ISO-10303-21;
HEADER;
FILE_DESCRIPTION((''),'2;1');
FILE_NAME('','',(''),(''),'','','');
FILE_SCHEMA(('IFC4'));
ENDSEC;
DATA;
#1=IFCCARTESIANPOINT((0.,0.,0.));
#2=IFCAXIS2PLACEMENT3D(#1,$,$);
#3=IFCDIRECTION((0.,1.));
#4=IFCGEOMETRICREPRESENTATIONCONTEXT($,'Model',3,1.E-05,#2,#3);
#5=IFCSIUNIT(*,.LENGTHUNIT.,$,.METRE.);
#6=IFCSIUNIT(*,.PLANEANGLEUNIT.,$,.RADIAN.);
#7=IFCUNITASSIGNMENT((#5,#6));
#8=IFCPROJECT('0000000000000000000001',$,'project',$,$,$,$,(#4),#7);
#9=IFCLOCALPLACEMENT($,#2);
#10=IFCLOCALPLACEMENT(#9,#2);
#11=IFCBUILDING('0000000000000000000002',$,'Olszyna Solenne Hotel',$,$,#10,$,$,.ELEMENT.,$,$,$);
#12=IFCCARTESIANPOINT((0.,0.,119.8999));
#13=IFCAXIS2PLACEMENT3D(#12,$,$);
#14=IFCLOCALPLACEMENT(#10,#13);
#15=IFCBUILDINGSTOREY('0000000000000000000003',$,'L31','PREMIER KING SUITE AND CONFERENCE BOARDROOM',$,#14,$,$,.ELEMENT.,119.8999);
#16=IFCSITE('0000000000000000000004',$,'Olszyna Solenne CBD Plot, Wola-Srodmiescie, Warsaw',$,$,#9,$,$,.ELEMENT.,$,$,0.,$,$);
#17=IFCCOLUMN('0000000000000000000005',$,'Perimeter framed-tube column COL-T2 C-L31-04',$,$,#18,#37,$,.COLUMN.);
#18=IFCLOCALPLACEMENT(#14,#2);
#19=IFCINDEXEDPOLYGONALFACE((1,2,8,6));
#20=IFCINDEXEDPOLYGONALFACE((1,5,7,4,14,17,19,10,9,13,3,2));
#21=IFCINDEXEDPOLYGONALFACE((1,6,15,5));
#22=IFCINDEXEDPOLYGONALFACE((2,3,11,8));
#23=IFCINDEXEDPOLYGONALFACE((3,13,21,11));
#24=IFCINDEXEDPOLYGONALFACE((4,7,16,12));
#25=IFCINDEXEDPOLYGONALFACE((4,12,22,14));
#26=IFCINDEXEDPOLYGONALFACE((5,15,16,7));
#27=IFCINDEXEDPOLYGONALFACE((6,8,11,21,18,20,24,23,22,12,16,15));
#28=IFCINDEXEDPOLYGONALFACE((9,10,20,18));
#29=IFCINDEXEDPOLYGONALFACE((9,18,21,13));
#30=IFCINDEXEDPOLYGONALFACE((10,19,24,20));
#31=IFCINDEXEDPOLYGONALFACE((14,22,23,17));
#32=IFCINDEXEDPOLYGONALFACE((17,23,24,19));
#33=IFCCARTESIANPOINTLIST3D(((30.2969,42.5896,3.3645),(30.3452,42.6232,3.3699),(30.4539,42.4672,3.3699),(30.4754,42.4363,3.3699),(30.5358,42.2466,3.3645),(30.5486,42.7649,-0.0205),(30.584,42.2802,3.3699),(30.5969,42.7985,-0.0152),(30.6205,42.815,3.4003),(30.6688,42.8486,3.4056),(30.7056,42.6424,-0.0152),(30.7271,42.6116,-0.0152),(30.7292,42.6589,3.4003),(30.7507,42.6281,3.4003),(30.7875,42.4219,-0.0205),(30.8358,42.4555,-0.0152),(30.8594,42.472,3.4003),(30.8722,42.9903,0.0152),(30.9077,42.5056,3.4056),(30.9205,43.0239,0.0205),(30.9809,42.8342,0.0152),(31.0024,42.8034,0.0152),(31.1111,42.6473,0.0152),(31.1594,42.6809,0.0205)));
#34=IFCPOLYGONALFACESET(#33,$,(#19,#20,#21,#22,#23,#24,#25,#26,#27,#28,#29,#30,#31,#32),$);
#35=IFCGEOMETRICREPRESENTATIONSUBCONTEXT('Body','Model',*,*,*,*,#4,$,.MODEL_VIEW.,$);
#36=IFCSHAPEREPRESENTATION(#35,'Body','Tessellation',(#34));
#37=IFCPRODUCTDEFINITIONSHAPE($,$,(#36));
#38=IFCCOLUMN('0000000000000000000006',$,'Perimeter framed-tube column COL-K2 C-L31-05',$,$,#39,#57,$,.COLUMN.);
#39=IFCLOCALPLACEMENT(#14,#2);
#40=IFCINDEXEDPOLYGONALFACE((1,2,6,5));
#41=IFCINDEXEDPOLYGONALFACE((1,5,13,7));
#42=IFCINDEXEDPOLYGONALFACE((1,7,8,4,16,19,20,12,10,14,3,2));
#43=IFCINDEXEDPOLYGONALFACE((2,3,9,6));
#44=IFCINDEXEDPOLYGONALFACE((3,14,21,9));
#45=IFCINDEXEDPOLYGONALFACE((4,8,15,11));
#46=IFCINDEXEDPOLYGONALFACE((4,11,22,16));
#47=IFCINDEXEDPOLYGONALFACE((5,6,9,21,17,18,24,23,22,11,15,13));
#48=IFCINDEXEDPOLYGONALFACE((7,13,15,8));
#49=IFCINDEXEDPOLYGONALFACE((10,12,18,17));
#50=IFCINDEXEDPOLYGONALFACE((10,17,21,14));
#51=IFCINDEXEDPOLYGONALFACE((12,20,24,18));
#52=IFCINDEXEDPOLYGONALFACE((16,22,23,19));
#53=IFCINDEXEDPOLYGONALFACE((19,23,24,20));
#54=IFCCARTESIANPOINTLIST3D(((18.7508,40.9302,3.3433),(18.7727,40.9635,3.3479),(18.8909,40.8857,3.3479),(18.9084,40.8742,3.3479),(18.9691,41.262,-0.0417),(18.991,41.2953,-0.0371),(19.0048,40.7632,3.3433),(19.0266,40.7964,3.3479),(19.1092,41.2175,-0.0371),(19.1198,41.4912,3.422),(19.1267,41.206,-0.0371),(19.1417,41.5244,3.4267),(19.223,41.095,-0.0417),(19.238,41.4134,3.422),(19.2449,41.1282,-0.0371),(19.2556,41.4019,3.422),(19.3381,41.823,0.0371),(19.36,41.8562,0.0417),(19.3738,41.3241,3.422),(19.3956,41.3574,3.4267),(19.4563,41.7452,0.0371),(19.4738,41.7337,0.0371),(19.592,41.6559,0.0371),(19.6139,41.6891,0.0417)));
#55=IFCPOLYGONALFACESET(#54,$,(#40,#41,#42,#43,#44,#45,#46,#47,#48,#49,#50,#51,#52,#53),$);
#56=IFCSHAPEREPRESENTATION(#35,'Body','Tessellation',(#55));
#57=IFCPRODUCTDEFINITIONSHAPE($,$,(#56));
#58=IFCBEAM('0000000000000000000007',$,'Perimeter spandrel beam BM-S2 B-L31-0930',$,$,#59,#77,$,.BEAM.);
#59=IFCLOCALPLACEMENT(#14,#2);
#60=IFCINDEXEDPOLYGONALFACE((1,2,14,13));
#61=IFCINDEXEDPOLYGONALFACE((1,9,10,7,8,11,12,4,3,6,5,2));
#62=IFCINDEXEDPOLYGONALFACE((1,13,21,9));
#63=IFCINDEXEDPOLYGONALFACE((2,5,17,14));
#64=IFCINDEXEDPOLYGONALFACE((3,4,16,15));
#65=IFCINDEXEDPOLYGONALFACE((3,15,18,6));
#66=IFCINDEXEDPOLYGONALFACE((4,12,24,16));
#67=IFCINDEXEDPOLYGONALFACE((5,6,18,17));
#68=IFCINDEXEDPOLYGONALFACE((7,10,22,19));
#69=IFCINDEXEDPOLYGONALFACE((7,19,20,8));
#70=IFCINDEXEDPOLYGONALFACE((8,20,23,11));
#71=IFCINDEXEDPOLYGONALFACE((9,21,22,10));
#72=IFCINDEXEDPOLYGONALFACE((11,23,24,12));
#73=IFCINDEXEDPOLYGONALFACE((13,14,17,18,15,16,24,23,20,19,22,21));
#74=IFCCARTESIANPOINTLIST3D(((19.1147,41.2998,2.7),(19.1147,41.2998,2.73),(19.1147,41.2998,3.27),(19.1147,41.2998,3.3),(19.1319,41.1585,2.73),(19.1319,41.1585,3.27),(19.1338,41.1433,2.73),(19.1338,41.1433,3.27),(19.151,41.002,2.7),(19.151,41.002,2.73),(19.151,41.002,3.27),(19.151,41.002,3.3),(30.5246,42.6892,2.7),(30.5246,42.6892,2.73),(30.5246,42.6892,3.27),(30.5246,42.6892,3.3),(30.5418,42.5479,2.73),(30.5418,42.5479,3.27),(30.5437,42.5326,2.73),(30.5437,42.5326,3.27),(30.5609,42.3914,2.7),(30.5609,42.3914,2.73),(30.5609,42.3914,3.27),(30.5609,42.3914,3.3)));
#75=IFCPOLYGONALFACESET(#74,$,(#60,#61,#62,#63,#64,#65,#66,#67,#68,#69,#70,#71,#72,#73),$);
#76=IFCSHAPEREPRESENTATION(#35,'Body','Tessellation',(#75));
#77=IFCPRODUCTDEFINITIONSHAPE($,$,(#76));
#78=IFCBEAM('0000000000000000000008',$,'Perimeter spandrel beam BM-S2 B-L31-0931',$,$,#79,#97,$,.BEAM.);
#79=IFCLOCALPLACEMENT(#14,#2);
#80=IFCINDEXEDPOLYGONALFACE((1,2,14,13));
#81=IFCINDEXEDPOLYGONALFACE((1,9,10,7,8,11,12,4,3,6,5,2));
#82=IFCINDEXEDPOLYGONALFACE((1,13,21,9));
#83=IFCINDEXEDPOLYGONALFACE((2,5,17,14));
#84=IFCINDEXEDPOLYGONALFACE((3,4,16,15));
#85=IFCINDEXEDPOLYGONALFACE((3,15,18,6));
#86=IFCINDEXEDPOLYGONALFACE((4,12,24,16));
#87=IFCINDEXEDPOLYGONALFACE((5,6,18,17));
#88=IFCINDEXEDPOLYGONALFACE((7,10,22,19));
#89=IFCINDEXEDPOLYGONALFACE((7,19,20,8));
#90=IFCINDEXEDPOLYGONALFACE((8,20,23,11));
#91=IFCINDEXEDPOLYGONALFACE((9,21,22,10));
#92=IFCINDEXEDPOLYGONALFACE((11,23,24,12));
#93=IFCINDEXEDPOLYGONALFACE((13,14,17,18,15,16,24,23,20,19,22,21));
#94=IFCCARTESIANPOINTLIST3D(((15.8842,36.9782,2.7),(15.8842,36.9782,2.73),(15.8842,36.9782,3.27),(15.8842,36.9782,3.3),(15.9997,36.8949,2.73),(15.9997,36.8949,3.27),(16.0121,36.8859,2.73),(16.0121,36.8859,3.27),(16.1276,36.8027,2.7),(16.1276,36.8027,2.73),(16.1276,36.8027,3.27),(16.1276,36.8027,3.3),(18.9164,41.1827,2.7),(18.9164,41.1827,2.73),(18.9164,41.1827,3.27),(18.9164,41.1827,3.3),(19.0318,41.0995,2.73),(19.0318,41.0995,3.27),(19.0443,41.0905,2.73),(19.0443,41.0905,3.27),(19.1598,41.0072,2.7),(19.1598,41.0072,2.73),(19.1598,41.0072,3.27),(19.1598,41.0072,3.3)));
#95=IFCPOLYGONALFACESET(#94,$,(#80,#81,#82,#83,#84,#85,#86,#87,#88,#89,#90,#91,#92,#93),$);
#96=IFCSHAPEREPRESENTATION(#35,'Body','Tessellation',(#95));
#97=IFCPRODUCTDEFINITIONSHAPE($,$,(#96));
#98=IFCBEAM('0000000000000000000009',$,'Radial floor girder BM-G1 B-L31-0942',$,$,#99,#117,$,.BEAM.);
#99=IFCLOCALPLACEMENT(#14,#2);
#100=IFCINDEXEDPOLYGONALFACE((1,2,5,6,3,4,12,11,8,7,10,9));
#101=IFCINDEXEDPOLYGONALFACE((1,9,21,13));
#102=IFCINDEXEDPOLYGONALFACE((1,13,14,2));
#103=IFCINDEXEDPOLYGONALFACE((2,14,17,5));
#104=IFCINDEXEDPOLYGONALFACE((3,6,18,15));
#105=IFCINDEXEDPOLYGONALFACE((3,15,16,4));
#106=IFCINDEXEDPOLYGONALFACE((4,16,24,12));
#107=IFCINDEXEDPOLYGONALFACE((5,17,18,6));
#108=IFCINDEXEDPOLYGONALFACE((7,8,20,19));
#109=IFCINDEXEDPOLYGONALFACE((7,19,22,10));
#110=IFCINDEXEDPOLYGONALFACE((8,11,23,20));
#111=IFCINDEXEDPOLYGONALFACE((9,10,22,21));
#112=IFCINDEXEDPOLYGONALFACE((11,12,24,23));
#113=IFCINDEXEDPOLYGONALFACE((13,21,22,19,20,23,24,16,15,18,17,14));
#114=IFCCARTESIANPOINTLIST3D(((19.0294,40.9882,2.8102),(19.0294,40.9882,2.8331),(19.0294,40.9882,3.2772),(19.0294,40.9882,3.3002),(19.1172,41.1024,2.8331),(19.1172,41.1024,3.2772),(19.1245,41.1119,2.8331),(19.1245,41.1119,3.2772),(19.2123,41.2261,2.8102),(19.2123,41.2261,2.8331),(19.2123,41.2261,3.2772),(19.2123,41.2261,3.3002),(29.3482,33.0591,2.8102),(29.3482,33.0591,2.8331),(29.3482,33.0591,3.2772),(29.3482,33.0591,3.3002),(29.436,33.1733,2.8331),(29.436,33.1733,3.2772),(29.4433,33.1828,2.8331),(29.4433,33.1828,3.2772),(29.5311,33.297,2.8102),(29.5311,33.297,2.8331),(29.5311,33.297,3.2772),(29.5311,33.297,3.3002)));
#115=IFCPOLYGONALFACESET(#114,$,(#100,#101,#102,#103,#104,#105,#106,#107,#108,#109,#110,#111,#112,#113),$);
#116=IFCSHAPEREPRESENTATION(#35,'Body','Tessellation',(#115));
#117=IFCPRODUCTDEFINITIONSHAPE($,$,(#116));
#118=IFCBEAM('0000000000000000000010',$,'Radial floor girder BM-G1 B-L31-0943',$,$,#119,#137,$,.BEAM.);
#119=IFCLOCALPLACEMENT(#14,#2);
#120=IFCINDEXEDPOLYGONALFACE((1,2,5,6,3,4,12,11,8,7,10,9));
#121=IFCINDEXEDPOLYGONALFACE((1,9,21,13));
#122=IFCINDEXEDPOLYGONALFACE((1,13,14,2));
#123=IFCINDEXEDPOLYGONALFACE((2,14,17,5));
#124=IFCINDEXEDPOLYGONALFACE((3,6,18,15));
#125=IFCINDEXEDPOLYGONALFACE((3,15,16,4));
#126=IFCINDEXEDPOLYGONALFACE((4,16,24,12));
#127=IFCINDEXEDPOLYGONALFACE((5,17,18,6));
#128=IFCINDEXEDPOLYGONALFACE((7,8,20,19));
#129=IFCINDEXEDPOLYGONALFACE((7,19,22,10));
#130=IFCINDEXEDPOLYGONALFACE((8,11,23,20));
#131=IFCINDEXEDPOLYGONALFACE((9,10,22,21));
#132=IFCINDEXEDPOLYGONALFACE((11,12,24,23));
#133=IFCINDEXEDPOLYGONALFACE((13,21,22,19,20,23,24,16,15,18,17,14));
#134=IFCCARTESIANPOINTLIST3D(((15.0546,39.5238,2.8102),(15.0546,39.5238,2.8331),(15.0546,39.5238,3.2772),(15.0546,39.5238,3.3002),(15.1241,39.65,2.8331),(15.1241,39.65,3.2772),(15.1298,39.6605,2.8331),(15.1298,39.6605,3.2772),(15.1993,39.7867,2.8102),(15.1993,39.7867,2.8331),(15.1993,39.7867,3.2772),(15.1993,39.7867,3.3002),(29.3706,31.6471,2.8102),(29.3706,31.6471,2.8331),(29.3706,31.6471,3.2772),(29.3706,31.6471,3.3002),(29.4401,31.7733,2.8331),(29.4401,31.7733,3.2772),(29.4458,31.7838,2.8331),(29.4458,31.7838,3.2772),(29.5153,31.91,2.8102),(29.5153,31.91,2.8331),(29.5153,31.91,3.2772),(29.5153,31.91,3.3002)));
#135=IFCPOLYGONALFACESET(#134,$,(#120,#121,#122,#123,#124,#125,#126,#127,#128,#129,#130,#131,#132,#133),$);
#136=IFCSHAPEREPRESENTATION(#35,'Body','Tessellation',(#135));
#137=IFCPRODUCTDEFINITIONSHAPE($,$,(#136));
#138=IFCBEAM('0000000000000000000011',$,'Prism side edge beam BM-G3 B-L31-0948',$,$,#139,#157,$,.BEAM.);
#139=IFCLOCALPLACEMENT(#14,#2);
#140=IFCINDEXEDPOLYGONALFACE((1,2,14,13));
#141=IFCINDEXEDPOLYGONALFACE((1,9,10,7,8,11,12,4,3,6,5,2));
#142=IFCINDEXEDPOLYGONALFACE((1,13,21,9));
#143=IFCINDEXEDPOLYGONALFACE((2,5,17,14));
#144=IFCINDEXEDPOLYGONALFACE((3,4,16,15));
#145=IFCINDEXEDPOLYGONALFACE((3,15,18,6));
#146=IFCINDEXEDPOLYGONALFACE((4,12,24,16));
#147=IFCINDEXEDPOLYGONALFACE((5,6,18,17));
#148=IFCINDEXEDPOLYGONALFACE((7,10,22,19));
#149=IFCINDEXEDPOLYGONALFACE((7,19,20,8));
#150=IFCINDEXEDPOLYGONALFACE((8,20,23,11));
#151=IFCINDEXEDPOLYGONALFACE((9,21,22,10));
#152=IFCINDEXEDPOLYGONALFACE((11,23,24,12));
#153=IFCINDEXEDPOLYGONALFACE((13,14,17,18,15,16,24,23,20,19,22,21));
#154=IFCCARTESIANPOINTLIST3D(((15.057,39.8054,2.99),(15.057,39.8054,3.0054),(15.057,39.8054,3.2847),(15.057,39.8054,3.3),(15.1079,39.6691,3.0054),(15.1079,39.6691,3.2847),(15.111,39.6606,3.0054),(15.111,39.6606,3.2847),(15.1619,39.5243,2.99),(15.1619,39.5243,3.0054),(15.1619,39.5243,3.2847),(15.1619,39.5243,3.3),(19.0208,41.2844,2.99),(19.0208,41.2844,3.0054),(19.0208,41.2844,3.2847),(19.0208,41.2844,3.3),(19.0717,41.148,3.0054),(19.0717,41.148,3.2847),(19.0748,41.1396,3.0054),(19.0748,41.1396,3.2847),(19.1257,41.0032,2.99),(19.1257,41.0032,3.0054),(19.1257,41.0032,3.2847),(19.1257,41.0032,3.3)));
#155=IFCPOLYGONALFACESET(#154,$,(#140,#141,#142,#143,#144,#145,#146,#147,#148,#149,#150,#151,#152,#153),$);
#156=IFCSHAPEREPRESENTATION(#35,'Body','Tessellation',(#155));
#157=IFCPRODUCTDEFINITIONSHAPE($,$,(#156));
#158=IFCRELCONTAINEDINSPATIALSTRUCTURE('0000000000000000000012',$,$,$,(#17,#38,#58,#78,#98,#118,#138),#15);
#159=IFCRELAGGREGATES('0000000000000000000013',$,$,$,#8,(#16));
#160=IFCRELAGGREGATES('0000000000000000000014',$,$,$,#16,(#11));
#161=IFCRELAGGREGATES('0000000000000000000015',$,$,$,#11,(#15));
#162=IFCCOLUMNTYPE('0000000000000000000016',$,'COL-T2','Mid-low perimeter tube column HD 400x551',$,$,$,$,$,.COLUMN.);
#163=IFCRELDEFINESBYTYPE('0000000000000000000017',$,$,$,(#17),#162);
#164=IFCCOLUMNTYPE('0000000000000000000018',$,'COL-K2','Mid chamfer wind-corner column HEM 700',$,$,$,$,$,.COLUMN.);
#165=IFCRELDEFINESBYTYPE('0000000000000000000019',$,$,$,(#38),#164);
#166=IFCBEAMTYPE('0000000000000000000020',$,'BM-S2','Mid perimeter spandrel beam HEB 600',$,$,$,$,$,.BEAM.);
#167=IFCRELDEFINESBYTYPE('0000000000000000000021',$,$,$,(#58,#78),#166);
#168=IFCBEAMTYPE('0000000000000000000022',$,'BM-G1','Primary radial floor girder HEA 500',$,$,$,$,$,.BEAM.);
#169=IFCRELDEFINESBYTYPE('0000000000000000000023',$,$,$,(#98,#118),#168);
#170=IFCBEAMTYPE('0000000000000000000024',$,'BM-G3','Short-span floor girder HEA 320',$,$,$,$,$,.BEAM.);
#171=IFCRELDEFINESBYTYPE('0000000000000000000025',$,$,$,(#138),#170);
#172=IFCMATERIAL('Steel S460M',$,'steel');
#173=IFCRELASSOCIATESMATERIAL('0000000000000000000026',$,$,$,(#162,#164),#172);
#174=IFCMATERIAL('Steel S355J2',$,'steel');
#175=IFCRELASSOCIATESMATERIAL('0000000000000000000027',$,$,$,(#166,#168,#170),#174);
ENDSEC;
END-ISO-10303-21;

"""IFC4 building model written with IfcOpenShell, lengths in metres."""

from ifc_helpers import new_model, si_unit, direction, frame, origin, origin_2d, place, context, subcontext, project, spatial, i_section, extrude, source, transform, mapped, material, material_profile, profile_set, type_object, element, save


model = new_model("IFC4")

# Units and contexts
model_context = context("Model", 3, precision=1e-05, world=origin(), true_north=direction((0.0, 1.0)))
body_context = subcontext(model_context, "Body", "Model", "MODEL_VIEW")
ifc_project = project(units=[si_unit("LENGTHUNIT", "METRE"), si_unit("PLANEANGLEUNIT", "RADIAN")], contexts=[model_context])

# Site, building, storey
site_placement = place(None, origin())
site = spatial("IfcSite", under=ifc_project, at=site_placement, Name="Olszyna Solenne CBD Plot, Wola-Srodmiescie, Warsaw", CompositionType="ELEMENT", RefElevation=0.0)
building_placement = place(site_placement, origin())
building = spatial("IfcBuilding", under=site, at=building_placement, Name="Olszyna Solenne Hotel", CompositionType="ELEMENT")
storey_placement = place(building_placement, frame((0.0, 0.0, 119.8999)))
storey = spatial("IfcBuildingStorey", under=building, at=storey_placement, Name="L31", Description="PREMIER KING SUITE AND CONFERENCE BOARDROOM", CompositionType="ELEMENT", Elevation=119.8999)

# Columns
ifc_material_1 = material(Name="Steel S460M", Category="steel")
ifc_material_profile_1 = material_profile(ifc_material_1, i_section(OverallWidth=0.418, OverallDepth=0.4551, WebThickness=0.0376, FlangeThickness=0.0591, at=origin_2d()), Name="HD 400x551", Category="load-bearing")
ifc_profile_set_1 = profile_set([ifc_material_profile_1], Name="Steel S460M")
column_type_1 = type_object("IfcColumnType", Name="COL-T2", Description="Mid-low perimeter tube column HD 400x551", PredefinedType="COLUMN", material=ifc_profile_set_1)
shared_shape_1 = source(origin(), body_context, "Body", "SweptSolid", [
    extrude(i_section(OverallWidth=0.418, OverallDepth=0.4551, WebThickness=0.0376, FlangeThickness=0.0591, at=origin_2d()), origin(), (0.0, 0.0, 1.0), 3.3989),
])
column_1_placement = place(storey_placement, frame((30.854, 42.7229, 0.0), z_axis=(-0.074056, -0.051574, 0.99592), x_axis=(0.571484, -0.820613, 0.0)))
element("IfcColumn", 1, at=column_1_placement, inside=storey, type_object=column_type_1, Name="Perimeter framed-tube column COL-T2 C-L31-04", PredefinedType="COLUMN", context=body_context, shape_type="MappedRepresentation", body=[
    mapped(shared_shape_1, transform((0.0, 0.0, 0.0), x_axis=(1.0, 0.0, 0.0), y_axis=(0.0, 1.0, 0.0), z_axis=(0.0, 0.0, 1.0), scale=1.0)),
])
ifc_material_profile_2 = material_profile(ifc_material_1, i_section(OverallWidth=0.304, OverallDepth=0.7161, WebThickness=0.021, FlangeThickness=0.04, at=origin_2d()), Name="HEM 700", Category="load-bearing")
ifc_profile_set_2 = profile_set([ifc_material_profile_2], Name="Steel S460M")
column_type_2 = type_object("IfcColumnType", Name="COL-K2", Description="Mid chamfer wind-corner column HEM 700", PredefinedType="COLUMN", material=ifc_profile_set_2)
shared_shape_2 = source(origin(), body_context, "Body", "SweptSolid", [
    extrude(i_section(OverallWidth=0.304, OverallDepth=0.7161, WebThickness=0.021, FlangeThickness=0.04, at=origin_2d()), origin(), (0.0, 0.0, 1.0), 3.4082),
])
column_2_placement = place(storey_placement, frame((19.2915, 41.4756, 0.0), z_axis=(-0.06404, -0.097349, 0.993188), x_axis=(0.835439, -0.549583, 0.0)))
element("IfcColumn", 2, at=column_2_placement, inside=storey, type_object=column_type_2, Name="Perimeter framed-tube column COL-K2 C-L31-05", PredefinedType="COLUMN", context=body_context, shape_type="MappedRepresentation", body=[
    mapped(shared_shape_2, transform((0.0, 0.0, 0.0), x_axis=(1.0, 0.0, 0.0), y_axis=(0.0, 1.0, 0.0), z_axis=(0.0, 0.0, 1.0), scale=1.0)),
])

# Beams
ifc_material_2 = material(Name="Steel S355J2", Category="steel")
ifc_material_profile_3 = material_profile(ifc_material_2, i_section(OverallWidth=0.3, OverallDepth=0.6001, WebThickness=0.0154, FlangeThickness=0.03, at=origin_2d()), Name="HEB 600", Category="load-bearing")
ifc_profile_set_3 = profile_set([ifc_material_profile_3], Name="Steel S355J2")
beam_type_1 = type_object("IfcBeamType", Name="BM-S2", Description="Mid perimeter spandrel beam HEB 600", PredefinedType="BEAM", material=ifc_profile_set_3)
shared_shape_3 = source(origin(), body_context, "Body", "SweptSolid", [
    extrude(i_section(OverallWidth=0.3, OverallDepth=0.6001, WebThickness=0.0154, FlangeThickness=0.03, at=origin_2d()), origin(), (0.0, 0.0, 1.0), 11.4941),
])
beam_1_placement = place(storey_placement, frame((30.5427, 42.5403, 3.0), z_axis=(-0.992667, -0.120879, 0.0), x_axis=(0.120879, -0.992667, 0.0)))
element("IfcBeam", 3, at=beam_1_placement, inside=storey, type_object=beam_type_1, Name="Perimeter spandrel beam BM-S2 B-L31-0930", PredefinedType="BEAM", context=body_context, shape_type="MappedRepresentation", body=[
    mapped(shared_shape_3, transform((0.0, 0.0, 0.0), x_axis=(1.0, 0.0, 0.0), y_axis=(0.0, 1.0, 0.0), z_axis=(0.0, 0.0, 1.0), scale=1.0)),
])
shared_shape_4 = source(origin(), body_context, "Body", "SweptSolid", [
    extrude(i_section(OverallWidth=0.3, OverallDepth=0.6001, WebThickness=0.0154, FlangeThickness=0.03, at=origin_2d()), origin(), (0.0, 0.0, 1.0), 5.1838),
])
beam_2_placement = place(storey_placement, frame((19.0381, 41.095, 3.0), z_axis=(-0.58493, -0.811084, 0.0), x_axis=(0.811084, -0.58493, 0.0)))
element("IfcBeam", 4, at=beam_2_placement, inside=storey, type_object=beam_type_1, Name="Perimeter spandrel beam BM-S2 B-L31-0931", PredefinedType="BEAM", context=body_context, shape_type="MappedRepresentation", body=[
    mapped(shared_shape_4, transform((0.0, 0.0, 0.0), x_axis=(1.0, 0.0, 0.0), y_axis=(0.0, 1.0, 0.0), z_axis=(0.0, 0.0, 1.0), scale=1.0)),
])
ifc_material_profile_4 = material_profile(ifc_material_2, i_section(OverallWidth=0.3, OverallDepth=0.49, WebThickness=0.012, FlangeThickness=0.0229, at=origin_2d()), Name="HEA 500", Category="load-bearing")
ifc_profile_set_4 = profile_set([ifc_material_profile_4], Name="Steel S355J2")
beam_type_2 = type_object("IfcBeamType", Name="BM-G1", Description="Primary radial floor girder HEA 500", PredefinedType="BEAM", material=ifc_profile_set_4)
shared_shape_5 = source(origin(), body_context, "Body", "SweptSolid", [
    extrude(i_section(OverallWidth=0.3, OverallDepth=0.49, WebThickness=0.012, FlangeThickness=0.0229, at=origin_2d()), origin(), (0.0, 0.0, 1.0), 13.0134),
])
beam_3_placement = place(storey_placement, frame((19.1208, 41.1072, 3.0552), z_axis=(0.792935, -0.609306, 0.0), x_axis=(0.609306, 0.792935, 0.0)))
element("IfcBeam", 5, at=beam_3_placement, inside=storey, type_object=beam_type_2, Name="Radial floor girder BM-G1 B-L31-0942", PredefinedType="BEAM", context=body_context, shape_type="MappedRepresentation", body=[
    mapped(shared_shape_5, transform((0.0, 0.0, 0.0), x_axis=(1.0, 0.0, 0.0), y_axis=(0.0, 1.0, 0.0), z_axis=(0.0, 0.0, 1.0), scale=1.0)),
])
shared_shape_6 = source(origin(), body_context, "Body", "SweptSolid", [
    extrude(i_section(OverallWidth=0.3, OverallDepth=0.49, WebThickness=0.012, FlangeThickness=0.0229, at=origin_2d()), origin(), (0.0, 0.0, 1.0), 16.3398),
])
beam_4_placement = place(storey_placement, frame((15.127, 39.6553, 3.0552), z_axis=(0.87614, -0.482058, 0.0), x_axis=(0.482058, 0.87614, 0.0)))
element("IfcBeam", 6, at=beam_4_placement, inside=storey, type_object=beam_type_2, Name="Radial floor girder BM-G1 B-L31-0943", PredefinedType="BEAM", context=body_context, shape_type="MappedRepresentation", body=[
    mapped(shared_shape_6, transform((0.0, 0.0, 0.0), x_axis=(1.0, 0.0, 0.0), y_axis=(0.0, 1.0, 0.0), z_axis=(0.0, 0.0, 1.0), scale=1.0)),
])
ifc_material_profile_5 = material_profile(ifc_material_2, i_section(OverallWidth=0.3, OverallDepth=0.3101, WebThickness=0.009, FlangeThickness=0.0154, at=origin_2d()), Name="HEA 320", Category="load-bearing")
ifc_profile_set_5 = profile_set([ifc_material_profile_5], Name="Steel S355J2")
beam_type_3 = type_object("IfcBeamType", Name="BM-G3", Description="Short-span floor girder HEA 320", PredefinedType="BEAM", material=ifc_profile_set_5)
shared_shape_7 = source(origin(), body_context, "Body", "SweptSolid", [
    extrude(i_section(OverallWidth=0.3, OverallDepth=0.3101, WebThickness=0.009, FlangeThickness=0.0154, at=origin_2d()), origin(), (0.0, 0.0, 1.0), 4.2307),
])
beam_5_placement = place(storey_placement, frame((19.0732, 41.1438, 3.145), z_axis=(-0.936907, -0.34958, 0.0), x_axis=(0.34958, -0.936907, 0.0)))
element("IfcBeam", 7, at=beam_5_placement, inside=storey, type_object=beam_type_3, Name="Prism side edge beam BM-G3 B-L31-0948", PredefinedType="BEAM", context=body_context, shape_type="MappedRepresentation", body=[
    mapped(shared_shape_7, transform((0.0, 0.0, 0.0), x_axis=(1.0, 0.0, 0.0), y_axis=(0.0, 1.0, 0.0), z_axis=(0.0, 0.0, 1.0), scale=1.0)),
])

save(model, "model.ifc")
